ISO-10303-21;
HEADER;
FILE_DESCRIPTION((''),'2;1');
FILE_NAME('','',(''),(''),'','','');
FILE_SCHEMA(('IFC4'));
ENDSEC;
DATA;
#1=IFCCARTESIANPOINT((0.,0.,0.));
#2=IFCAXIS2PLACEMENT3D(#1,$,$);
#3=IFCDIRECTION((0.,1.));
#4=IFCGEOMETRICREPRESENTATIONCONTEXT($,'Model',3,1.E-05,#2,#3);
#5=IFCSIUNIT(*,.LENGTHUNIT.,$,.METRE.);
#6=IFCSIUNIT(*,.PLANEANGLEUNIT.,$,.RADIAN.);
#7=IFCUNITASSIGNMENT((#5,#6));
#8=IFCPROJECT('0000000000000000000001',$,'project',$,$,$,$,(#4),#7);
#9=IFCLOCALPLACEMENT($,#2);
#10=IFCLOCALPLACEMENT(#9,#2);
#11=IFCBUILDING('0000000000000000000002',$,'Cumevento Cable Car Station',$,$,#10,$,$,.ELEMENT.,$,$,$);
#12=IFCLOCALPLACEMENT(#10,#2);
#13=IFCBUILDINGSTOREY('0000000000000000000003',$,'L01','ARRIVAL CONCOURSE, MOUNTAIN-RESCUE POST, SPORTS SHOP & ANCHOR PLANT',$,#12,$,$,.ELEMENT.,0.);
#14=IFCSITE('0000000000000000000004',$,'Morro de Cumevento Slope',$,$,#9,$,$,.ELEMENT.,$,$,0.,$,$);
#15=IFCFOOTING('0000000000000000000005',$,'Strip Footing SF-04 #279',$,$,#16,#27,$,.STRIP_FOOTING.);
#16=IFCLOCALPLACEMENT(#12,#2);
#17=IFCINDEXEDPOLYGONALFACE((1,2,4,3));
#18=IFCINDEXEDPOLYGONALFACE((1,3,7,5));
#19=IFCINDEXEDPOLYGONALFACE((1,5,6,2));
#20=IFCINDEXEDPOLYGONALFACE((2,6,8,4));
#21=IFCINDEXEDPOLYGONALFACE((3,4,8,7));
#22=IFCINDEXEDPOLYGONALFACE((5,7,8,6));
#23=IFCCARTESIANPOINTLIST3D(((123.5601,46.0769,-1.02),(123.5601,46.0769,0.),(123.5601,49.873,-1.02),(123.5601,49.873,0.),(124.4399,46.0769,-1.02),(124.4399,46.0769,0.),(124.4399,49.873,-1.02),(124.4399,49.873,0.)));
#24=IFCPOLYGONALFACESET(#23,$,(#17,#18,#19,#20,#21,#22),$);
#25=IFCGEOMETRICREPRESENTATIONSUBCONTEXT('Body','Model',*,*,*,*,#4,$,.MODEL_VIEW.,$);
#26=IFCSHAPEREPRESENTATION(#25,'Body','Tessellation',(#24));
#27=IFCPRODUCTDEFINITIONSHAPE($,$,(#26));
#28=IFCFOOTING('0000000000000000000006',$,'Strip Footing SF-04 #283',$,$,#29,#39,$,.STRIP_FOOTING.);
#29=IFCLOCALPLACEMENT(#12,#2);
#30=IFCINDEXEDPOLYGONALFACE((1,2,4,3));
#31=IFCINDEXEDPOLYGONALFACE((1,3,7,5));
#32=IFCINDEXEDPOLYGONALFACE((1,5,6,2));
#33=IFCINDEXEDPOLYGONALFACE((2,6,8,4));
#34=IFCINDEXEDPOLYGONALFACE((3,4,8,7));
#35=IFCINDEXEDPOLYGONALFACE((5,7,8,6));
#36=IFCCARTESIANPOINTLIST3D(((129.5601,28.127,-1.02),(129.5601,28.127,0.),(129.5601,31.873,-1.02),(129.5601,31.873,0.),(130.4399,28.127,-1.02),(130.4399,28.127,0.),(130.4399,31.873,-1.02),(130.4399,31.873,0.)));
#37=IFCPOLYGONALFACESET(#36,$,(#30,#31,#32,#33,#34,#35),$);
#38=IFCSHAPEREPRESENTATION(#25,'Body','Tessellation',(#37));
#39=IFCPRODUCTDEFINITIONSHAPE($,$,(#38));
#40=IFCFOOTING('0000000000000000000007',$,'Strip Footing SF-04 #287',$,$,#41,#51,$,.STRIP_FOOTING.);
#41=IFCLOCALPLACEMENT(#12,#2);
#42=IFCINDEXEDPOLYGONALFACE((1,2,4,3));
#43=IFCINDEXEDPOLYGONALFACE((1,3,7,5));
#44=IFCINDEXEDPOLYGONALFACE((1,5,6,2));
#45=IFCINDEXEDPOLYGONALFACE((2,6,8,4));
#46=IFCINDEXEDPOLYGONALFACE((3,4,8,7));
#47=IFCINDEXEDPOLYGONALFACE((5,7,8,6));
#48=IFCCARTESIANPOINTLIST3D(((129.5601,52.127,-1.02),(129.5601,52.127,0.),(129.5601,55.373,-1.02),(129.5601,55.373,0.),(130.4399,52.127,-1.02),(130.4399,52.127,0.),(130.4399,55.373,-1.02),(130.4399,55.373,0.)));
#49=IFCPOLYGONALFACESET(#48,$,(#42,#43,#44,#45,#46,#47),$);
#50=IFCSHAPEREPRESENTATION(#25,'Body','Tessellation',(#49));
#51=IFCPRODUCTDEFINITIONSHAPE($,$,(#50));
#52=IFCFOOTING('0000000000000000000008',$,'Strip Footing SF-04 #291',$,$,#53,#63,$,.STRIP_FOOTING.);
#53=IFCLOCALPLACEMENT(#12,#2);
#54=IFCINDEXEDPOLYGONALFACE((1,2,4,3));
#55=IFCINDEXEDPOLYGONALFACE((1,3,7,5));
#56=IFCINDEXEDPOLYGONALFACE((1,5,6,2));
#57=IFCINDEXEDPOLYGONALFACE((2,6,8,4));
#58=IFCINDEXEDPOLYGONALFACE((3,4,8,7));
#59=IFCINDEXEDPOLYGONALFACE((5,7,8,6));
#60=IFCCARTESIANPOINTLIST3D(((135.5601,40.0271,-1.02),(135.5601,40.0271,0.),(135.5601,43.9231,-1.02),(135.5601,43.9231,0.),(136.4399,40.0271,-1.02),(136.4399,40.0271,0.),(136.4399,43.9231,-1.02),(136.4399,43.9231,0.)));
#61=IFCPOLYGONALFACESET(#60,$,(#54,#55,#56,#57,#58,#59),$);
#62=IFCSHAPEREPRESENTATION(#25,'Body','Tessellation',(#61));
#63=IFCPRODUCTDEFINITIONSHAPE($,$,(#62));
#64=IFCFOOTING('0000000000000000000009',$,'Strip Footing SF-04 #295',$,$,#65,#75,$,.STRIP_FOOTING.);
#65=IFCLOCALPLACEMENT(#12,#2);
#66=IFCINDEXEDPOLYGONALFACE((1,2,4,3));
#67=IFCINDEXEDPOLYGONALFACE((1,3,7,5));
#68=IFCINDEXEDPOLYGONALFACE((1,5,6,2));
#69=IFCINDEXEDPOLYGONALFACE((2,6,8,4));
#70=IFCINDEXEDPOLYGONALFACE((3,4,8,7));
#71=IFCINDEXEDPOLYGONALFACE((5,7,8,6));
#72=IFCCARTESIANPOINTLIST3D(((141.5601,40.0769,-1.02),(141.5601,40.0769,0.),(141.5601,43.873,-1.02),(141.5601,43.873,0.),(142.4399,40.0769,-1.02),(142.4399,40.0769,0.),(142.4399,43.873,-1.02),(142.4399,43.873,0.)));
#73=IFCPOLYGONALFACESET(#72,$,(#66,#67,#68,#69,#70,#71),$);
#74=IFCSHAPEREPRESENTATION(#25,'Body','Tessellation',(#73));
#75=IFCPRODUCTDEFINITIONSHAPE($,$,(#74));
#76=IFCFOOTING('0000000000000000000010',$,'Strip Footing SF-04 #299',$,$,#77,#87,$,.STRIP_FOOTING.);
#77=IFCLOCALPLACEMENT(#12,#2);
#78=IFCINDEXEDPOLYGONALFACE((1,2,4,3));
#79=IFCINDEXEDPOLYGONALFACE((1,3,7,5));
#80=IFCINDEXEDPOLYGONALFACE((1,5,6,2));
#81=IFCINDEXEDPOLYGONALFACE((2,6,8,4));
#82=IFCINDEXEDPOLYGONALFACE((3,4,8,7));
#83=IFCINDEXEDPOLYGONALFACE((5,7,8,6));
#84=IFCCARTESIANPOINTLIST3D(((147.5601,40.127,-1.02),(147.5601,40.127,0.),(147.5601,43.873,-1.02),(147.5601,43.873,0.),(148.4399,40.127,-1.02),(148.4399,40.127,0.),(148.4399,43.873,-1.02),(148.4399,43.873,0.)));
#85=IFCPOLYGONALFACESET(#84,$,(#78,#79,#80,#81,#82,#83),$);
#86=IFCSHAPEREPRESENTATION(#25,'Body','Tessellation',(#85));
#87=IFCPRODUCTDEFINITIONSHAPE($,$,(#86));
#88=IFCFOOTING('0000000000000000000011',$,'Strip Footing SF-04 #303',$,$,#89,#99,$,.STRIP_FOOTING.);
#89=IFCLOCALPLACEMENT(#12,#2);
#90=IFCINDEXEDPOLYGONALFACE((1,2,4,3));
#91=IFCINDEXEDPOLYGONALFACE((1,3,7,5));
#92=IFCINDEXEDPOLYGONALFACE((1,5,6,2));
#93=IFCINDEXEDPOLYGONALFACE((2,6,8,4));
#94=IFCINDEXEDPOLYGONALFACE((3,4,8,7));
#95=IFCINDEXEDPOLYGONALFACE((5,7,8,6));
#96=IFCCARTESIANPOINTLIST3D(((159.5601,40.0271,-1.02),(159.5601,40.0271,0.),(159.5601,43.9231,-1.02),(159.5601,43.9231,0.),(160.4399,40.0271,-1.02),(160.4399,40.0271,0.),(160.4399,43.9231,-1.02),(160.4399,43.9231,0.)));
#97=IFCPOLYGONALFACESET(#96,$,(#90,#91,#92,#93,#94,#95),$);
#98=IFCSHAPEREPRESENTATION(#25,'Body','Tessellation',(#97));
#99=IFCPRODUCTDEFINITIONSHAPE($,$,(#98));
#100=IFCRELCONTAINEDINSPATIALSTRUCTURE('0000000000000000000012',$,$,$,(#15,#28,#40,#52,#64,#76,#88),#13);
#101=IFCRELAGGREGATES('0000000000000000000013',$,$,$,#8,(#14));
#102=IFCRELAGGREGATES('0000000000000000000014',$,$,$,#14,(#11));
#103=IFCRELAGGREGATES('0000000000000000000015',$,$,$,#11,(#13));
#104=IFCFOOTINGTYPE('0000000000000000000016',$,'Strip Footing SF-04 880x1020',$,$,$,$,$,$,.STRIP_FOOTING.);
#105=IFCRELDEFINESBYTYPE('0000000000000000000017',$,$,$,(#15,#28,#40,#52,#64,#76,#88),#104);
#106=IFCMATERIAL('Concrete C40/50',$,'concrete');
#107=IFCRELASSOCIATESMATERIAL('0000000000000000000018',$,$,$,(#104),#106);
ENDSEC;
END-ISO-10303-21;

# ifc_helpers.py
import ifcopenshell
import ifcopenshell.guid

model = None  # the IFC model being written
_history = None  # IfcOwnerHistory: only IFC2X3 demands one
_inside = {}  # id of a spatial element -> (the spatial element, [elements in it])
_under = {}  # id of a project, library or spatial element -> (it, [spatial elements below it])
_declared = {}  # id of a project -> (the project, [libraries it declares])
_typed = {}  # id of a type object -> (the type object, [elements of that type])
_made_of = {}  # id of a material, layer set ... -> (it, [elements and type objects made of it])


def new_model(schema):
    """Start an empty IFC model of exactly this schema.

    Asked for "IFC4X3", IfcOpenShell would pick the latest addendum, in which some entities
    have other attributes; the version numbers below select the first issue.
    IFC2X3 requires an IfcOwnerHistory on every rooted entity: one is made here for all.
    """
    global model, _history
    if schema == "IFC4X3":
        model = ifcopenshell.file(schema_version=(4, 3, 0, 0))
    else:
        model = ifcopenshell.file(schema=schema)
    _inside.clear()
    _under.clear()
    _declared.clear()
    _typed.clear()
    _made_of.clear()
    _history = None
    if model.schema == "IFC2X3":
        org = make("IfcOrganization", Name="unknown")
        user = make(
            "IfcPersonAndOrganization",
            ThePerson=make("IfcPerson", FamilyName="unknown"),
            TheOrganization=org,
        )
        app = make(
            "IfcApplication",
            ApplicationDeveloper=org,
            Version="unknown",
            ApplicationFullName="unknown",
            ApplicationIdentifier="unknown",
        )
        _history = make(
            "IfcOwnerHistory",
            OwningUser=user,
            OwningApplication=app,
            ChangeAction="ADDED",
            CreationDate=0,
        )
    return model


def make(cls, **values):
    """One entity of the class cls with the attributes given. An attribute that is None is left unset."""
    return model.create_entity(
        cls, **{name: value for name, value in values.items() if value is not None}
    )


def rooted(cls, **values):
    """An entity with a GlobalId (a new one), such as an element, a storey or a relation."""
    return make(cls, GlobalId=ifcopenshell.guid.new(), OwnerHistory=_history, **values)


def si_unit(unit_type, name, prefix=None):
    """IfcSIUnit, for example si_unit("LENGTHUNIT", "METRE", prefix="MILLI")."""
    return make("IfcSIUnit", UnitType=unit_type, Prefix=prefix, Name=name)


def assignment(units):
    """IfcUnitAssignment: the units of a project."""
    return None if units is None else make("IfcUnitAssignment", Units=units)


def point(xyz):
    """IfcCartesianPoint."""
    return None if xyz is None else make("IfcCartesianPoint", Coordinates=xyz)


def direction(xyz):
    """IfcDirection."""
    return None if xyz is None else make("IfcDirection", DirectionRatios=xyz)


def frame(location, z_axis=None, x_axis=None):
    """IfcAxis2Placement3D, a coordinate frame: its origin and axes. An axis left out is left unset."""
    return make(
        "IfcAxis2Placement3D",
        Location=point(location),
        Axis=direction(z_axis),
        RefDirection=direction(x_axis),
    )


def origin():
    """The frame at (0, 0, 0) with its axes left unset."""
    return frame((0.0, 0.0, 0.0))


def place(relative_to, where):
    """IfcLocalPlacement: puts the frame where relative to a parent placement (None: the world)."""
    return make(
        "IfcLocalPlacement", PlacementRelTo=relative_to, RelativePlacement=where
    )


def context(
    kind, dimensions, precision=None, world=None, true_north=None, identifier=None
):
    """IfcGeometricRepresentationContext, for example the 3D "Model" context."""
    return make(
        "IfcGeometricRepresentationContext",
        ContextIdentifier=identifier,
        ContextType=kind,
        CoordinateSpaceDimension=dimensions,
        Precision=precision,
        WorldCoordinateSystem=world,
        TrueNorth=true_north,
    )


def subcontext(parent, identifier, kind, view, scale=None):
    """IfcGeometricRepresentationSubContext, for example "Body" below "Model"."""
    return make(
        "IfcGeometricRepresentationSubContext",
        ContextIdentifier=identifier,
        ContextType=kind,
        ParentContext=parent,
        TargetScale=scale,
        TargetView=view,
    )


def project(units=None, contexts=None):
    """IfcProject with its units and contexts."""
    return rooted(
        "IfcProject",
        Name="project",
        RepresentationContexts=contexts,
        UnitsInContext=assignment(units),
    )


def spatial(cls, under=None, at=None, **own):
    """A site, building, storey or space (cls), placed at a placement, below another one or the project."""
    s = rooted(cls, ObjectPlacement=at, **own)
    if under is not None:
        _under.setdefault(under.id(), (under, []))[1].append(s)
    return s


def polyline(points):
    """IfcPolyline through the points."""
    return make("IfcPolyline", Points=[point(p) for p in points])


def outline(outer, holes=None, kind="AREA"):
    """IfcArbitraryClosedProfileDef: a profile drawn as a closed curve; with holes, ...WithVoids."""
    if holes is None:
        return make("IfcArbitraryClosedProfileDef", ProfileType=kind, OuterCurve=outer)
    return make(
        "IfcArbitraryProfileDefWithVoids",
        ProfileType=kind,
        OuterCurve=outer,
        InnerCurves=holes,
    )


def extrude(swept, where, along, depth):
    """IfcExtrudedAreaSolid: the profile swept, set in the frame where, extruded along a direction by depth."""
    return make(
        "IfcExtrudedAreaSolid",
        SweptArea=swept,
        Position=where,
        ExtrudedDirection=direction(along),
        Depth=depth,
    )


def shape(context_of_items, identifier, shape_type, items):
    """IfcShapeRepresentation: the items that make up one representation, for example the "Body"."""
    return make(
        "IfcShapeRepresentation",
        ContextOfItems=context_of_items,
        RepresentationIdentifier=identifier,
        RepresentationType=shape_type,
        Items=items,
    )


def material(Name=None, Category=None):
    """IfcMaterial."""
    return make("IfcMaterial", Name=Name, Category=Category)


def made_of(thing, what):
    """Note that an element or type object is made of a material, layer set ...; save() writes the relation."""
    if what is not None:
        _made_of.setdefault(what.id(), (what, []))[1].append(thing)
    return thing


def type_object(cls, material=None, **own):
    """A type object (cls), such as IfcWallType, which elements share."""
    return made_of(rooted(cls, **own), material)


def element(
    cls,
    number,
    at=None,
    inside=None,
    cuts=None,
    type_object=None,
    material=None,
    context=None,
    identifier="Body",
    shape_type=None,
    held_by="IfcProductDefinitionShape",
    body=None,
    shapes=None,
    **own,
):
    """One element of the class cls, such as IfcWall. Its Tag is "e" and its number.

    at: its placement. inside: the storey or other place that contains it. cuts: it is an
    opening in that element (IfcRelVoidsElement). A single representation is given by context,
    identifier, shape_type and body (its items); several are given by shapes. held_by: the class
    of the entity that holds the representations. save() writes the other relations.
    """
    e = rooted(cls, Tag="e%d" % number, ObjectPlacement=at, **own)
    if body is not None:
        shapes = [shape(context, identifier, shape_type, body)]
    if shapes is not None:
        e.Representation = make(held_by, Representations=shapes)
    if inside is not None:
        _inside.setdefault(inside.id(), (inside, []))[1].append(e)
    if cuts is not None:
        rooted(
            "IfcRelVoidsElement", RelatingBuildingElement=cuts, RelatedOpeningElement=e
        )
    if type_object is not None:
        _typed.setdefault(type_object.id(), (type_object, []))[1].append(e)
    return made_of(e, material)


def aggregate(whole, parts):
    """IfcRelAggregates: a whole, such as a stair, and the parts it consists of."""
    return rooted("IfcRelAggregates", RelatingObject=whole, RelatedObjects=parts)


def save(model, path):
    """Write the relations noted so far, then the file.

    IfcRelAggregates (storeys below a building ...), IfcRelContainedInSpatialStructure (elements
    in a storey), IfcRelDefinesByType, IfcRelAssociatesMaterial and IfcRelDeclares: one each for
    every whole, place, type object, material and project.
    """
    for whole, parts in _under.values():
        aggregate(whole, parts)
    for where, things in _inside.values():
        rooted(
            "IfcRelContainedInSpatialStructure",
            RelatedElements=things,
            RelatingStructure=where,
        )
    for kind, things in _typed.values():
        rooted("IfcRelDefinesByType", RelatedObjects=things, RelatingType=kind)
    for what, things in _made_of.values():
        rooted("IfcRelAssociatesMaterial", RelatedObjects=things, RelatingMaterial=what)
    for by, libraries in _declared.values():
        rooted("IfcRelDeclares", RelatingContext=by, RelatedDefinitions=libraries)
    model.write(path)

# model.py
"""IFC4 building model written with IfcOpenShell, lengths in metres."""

from ifc_helpers import new_model, si_unit, direction, frame, origin, place, context, subcontext, project, spatial, polyline, outline, extrude, material, type_object, element, save


model = new_model("IFC4")

# Units and contexts
model_context = context("Model", 3, precision=1e-05, world=origin(), true_north=direction((0.0, 1.0)))
body_context = subcontext(model_context, "Body", "Model", "MODEL_VIEW")
ifc_project = project(units=[si_unit("LENGTHUNIT", "METRE"), si_unit("PLANEANGLEUNIT", "RADIAN")], contexts=[model_context])

# Site, building, storey
site_placement = place(None, origin())
site = spatial("IfcSite", under=ifc_project, at=site_placement, Name="Morro de Cumevento Slope", CompositionType="ELEMENT", RefElevation=0.0)
building_placement = place(site_placement, origin())
building = spatial("IfcBuilding", under=site, at=building_placement, Name="Cumevento Cable Car Station", CompositionType="ELEMENT")
storey_placement = place(building_placement, origin())
storey = spatial("IfcBuildingStorey", under=building, at=storey_placement, Name="L01", Description="ARRIVAL CONCOURSE, MOUNTAIN-RESCUE POST, SPORTS SHOP & ANCHOR PLANT", CompositionType="ELEMENT", Elevation=0.0)

# Footings
ifc_material_1 = material(Name="Concrete C40/50", Category="concrete")
footing_type_1 = type_object("IfcFootingType", Name="Strip Footing SF-04 880x1020", PredefinedType="STRIP_FOOTING", material=ifc_material_1)
footing_1_placement = place(storey_placement, frame((0.0, 0.0, -1.02)))
element("IfcFooting", 1, at=footing_1_placement, inside=storey, type_object=footing_type_1, Name="Strip Footing SF-04 #279", PredefinedType="STRIP_FOOTING", context=body_context, shape_type="SweptSolid", body=[
    extrude(outline(polyline([(123.5601, 46.0769), (124.4399, 46.0769), (124.4399, 49.873), (123.5601, 49.873), (123.5601, 46.0769)])), origin(), (0.0, 0.0, 1.0), 1.02),
])
footing_2_placement = place(storey_placement, frame((0.0, 0.0, -1.02)))
element("IfcFooting", 2, at=footing_2_placement, inside=storey, type_object=footing_type_1, Name="Strip Footing SF-04 #283", PredefinedType="STRIP_FOOTING", context=body_context, shape_type="SweptSolid", body=[
    extrude(outline(polyline([(129.5601, 28.127), (130.4399, 28.127), (130.4399, 31.873), (129.5601, 31.873), (129.5601, 28.127)])), origin(), (0.0, 0.0, 1.0), 1.02),
])
footing_3_placement = place(storey_placement, frame((0.0, 0.0, -1.02)))
element("IfcFooting", 3, at=footing_3_placement, inside=storey, type_object=footing_type_1, Name="Strip Footing SF-04 #287", PredefinedType="STRIP_FOOTING", context=body_context, shape_type="SweptSolid", body=[
    extrude(outline(polyline([(129.5601, 52.127), (130.4399, 52.127), (130.4399, 55.373), (129.5601, 55.373), (129.5601, 52.127)])), origin(), (0.0, 0.0, 1.0), 1.02),
])
footing_4_placement = place(storey_placement, frame((0.0, 0.0, -1.02)))
element("IfcFooting", 4, at=footing_4_placement, inside=storey, type_object=footing_type_1, Name="Strip Footing SF-04 #291", PredefinedType="STRIP_FOOTING", context=body_context, shape_type="SweptSolid", body=[
    extrude(outline(polyline([(135.5601, 40.0271), (136.4399, 40.0271), (136.4399, 43.9231), (135.5601, 43.9231), (135.5601, 40.0271)])), origin(), (0.0, 0.0, 1.0), 1.02),
])
footing_5_placement = place(storey_placement, frame((0.0, 0.0, -1.02)))
element("IfcFooting", 5, at=footing_5_placement, inside=storey, type_object=footing_type_1, Name="Strip Footing SF-04 #295", PredefinedType="STRIP_FOOTING", context=body_context, shape_type="SweptSolid", body=[
    extrude(outline(polyline([(141.5601, 40.0769), (142.4399, 40.0769), (142.4399, 43.873), (141.5601, 43.873), (141.5601, 40.0769)])), origin(), (0.0, 0.0, 1.0), 1.02),
])
footing_6_placement = place(storey_placement, frame((0.0, 0.0, -1.02)))
element("IfcFooting", 6, at=footing_6_placement, inside=storey, type_object=footing_type_1, Name="Strip Footing SF-04 #299", PredefinedType="STRIP_FOOTING", context=body_context, shape_type="SweptSolid", body=[
    extrude(outline(polyline([(147.5601, 40.127), (148.4399, 40.127), (148.4399, 43.873), (147.5601, 43.873), (147.5601, 40.127)])), origin(), (0.0, 0.0, 1.0), 1.02),
])
footing_7_placement = place(storey_placement, frame((0.0, 0.0, -1.02)))
element("IfcFooting", 7, at=footing_7_placement, inside=storey, type_object=footing_type_1, Name="Strip Footing SF-04 #303", PredefinedType="STRIP_FOOTING", context=body_context, shape_type="SweptSolid", body=[
    extrude(outline(polyline([(159.5601, 40.0271), (160.4399, 40.0271), (160.4399, 43.9231), (159.5601, 43.9231), (159.5601, 40.0271)])), origin(), (0.0, 0.0, 1.0), 1.02),
])

save(model, "model.ifc")
